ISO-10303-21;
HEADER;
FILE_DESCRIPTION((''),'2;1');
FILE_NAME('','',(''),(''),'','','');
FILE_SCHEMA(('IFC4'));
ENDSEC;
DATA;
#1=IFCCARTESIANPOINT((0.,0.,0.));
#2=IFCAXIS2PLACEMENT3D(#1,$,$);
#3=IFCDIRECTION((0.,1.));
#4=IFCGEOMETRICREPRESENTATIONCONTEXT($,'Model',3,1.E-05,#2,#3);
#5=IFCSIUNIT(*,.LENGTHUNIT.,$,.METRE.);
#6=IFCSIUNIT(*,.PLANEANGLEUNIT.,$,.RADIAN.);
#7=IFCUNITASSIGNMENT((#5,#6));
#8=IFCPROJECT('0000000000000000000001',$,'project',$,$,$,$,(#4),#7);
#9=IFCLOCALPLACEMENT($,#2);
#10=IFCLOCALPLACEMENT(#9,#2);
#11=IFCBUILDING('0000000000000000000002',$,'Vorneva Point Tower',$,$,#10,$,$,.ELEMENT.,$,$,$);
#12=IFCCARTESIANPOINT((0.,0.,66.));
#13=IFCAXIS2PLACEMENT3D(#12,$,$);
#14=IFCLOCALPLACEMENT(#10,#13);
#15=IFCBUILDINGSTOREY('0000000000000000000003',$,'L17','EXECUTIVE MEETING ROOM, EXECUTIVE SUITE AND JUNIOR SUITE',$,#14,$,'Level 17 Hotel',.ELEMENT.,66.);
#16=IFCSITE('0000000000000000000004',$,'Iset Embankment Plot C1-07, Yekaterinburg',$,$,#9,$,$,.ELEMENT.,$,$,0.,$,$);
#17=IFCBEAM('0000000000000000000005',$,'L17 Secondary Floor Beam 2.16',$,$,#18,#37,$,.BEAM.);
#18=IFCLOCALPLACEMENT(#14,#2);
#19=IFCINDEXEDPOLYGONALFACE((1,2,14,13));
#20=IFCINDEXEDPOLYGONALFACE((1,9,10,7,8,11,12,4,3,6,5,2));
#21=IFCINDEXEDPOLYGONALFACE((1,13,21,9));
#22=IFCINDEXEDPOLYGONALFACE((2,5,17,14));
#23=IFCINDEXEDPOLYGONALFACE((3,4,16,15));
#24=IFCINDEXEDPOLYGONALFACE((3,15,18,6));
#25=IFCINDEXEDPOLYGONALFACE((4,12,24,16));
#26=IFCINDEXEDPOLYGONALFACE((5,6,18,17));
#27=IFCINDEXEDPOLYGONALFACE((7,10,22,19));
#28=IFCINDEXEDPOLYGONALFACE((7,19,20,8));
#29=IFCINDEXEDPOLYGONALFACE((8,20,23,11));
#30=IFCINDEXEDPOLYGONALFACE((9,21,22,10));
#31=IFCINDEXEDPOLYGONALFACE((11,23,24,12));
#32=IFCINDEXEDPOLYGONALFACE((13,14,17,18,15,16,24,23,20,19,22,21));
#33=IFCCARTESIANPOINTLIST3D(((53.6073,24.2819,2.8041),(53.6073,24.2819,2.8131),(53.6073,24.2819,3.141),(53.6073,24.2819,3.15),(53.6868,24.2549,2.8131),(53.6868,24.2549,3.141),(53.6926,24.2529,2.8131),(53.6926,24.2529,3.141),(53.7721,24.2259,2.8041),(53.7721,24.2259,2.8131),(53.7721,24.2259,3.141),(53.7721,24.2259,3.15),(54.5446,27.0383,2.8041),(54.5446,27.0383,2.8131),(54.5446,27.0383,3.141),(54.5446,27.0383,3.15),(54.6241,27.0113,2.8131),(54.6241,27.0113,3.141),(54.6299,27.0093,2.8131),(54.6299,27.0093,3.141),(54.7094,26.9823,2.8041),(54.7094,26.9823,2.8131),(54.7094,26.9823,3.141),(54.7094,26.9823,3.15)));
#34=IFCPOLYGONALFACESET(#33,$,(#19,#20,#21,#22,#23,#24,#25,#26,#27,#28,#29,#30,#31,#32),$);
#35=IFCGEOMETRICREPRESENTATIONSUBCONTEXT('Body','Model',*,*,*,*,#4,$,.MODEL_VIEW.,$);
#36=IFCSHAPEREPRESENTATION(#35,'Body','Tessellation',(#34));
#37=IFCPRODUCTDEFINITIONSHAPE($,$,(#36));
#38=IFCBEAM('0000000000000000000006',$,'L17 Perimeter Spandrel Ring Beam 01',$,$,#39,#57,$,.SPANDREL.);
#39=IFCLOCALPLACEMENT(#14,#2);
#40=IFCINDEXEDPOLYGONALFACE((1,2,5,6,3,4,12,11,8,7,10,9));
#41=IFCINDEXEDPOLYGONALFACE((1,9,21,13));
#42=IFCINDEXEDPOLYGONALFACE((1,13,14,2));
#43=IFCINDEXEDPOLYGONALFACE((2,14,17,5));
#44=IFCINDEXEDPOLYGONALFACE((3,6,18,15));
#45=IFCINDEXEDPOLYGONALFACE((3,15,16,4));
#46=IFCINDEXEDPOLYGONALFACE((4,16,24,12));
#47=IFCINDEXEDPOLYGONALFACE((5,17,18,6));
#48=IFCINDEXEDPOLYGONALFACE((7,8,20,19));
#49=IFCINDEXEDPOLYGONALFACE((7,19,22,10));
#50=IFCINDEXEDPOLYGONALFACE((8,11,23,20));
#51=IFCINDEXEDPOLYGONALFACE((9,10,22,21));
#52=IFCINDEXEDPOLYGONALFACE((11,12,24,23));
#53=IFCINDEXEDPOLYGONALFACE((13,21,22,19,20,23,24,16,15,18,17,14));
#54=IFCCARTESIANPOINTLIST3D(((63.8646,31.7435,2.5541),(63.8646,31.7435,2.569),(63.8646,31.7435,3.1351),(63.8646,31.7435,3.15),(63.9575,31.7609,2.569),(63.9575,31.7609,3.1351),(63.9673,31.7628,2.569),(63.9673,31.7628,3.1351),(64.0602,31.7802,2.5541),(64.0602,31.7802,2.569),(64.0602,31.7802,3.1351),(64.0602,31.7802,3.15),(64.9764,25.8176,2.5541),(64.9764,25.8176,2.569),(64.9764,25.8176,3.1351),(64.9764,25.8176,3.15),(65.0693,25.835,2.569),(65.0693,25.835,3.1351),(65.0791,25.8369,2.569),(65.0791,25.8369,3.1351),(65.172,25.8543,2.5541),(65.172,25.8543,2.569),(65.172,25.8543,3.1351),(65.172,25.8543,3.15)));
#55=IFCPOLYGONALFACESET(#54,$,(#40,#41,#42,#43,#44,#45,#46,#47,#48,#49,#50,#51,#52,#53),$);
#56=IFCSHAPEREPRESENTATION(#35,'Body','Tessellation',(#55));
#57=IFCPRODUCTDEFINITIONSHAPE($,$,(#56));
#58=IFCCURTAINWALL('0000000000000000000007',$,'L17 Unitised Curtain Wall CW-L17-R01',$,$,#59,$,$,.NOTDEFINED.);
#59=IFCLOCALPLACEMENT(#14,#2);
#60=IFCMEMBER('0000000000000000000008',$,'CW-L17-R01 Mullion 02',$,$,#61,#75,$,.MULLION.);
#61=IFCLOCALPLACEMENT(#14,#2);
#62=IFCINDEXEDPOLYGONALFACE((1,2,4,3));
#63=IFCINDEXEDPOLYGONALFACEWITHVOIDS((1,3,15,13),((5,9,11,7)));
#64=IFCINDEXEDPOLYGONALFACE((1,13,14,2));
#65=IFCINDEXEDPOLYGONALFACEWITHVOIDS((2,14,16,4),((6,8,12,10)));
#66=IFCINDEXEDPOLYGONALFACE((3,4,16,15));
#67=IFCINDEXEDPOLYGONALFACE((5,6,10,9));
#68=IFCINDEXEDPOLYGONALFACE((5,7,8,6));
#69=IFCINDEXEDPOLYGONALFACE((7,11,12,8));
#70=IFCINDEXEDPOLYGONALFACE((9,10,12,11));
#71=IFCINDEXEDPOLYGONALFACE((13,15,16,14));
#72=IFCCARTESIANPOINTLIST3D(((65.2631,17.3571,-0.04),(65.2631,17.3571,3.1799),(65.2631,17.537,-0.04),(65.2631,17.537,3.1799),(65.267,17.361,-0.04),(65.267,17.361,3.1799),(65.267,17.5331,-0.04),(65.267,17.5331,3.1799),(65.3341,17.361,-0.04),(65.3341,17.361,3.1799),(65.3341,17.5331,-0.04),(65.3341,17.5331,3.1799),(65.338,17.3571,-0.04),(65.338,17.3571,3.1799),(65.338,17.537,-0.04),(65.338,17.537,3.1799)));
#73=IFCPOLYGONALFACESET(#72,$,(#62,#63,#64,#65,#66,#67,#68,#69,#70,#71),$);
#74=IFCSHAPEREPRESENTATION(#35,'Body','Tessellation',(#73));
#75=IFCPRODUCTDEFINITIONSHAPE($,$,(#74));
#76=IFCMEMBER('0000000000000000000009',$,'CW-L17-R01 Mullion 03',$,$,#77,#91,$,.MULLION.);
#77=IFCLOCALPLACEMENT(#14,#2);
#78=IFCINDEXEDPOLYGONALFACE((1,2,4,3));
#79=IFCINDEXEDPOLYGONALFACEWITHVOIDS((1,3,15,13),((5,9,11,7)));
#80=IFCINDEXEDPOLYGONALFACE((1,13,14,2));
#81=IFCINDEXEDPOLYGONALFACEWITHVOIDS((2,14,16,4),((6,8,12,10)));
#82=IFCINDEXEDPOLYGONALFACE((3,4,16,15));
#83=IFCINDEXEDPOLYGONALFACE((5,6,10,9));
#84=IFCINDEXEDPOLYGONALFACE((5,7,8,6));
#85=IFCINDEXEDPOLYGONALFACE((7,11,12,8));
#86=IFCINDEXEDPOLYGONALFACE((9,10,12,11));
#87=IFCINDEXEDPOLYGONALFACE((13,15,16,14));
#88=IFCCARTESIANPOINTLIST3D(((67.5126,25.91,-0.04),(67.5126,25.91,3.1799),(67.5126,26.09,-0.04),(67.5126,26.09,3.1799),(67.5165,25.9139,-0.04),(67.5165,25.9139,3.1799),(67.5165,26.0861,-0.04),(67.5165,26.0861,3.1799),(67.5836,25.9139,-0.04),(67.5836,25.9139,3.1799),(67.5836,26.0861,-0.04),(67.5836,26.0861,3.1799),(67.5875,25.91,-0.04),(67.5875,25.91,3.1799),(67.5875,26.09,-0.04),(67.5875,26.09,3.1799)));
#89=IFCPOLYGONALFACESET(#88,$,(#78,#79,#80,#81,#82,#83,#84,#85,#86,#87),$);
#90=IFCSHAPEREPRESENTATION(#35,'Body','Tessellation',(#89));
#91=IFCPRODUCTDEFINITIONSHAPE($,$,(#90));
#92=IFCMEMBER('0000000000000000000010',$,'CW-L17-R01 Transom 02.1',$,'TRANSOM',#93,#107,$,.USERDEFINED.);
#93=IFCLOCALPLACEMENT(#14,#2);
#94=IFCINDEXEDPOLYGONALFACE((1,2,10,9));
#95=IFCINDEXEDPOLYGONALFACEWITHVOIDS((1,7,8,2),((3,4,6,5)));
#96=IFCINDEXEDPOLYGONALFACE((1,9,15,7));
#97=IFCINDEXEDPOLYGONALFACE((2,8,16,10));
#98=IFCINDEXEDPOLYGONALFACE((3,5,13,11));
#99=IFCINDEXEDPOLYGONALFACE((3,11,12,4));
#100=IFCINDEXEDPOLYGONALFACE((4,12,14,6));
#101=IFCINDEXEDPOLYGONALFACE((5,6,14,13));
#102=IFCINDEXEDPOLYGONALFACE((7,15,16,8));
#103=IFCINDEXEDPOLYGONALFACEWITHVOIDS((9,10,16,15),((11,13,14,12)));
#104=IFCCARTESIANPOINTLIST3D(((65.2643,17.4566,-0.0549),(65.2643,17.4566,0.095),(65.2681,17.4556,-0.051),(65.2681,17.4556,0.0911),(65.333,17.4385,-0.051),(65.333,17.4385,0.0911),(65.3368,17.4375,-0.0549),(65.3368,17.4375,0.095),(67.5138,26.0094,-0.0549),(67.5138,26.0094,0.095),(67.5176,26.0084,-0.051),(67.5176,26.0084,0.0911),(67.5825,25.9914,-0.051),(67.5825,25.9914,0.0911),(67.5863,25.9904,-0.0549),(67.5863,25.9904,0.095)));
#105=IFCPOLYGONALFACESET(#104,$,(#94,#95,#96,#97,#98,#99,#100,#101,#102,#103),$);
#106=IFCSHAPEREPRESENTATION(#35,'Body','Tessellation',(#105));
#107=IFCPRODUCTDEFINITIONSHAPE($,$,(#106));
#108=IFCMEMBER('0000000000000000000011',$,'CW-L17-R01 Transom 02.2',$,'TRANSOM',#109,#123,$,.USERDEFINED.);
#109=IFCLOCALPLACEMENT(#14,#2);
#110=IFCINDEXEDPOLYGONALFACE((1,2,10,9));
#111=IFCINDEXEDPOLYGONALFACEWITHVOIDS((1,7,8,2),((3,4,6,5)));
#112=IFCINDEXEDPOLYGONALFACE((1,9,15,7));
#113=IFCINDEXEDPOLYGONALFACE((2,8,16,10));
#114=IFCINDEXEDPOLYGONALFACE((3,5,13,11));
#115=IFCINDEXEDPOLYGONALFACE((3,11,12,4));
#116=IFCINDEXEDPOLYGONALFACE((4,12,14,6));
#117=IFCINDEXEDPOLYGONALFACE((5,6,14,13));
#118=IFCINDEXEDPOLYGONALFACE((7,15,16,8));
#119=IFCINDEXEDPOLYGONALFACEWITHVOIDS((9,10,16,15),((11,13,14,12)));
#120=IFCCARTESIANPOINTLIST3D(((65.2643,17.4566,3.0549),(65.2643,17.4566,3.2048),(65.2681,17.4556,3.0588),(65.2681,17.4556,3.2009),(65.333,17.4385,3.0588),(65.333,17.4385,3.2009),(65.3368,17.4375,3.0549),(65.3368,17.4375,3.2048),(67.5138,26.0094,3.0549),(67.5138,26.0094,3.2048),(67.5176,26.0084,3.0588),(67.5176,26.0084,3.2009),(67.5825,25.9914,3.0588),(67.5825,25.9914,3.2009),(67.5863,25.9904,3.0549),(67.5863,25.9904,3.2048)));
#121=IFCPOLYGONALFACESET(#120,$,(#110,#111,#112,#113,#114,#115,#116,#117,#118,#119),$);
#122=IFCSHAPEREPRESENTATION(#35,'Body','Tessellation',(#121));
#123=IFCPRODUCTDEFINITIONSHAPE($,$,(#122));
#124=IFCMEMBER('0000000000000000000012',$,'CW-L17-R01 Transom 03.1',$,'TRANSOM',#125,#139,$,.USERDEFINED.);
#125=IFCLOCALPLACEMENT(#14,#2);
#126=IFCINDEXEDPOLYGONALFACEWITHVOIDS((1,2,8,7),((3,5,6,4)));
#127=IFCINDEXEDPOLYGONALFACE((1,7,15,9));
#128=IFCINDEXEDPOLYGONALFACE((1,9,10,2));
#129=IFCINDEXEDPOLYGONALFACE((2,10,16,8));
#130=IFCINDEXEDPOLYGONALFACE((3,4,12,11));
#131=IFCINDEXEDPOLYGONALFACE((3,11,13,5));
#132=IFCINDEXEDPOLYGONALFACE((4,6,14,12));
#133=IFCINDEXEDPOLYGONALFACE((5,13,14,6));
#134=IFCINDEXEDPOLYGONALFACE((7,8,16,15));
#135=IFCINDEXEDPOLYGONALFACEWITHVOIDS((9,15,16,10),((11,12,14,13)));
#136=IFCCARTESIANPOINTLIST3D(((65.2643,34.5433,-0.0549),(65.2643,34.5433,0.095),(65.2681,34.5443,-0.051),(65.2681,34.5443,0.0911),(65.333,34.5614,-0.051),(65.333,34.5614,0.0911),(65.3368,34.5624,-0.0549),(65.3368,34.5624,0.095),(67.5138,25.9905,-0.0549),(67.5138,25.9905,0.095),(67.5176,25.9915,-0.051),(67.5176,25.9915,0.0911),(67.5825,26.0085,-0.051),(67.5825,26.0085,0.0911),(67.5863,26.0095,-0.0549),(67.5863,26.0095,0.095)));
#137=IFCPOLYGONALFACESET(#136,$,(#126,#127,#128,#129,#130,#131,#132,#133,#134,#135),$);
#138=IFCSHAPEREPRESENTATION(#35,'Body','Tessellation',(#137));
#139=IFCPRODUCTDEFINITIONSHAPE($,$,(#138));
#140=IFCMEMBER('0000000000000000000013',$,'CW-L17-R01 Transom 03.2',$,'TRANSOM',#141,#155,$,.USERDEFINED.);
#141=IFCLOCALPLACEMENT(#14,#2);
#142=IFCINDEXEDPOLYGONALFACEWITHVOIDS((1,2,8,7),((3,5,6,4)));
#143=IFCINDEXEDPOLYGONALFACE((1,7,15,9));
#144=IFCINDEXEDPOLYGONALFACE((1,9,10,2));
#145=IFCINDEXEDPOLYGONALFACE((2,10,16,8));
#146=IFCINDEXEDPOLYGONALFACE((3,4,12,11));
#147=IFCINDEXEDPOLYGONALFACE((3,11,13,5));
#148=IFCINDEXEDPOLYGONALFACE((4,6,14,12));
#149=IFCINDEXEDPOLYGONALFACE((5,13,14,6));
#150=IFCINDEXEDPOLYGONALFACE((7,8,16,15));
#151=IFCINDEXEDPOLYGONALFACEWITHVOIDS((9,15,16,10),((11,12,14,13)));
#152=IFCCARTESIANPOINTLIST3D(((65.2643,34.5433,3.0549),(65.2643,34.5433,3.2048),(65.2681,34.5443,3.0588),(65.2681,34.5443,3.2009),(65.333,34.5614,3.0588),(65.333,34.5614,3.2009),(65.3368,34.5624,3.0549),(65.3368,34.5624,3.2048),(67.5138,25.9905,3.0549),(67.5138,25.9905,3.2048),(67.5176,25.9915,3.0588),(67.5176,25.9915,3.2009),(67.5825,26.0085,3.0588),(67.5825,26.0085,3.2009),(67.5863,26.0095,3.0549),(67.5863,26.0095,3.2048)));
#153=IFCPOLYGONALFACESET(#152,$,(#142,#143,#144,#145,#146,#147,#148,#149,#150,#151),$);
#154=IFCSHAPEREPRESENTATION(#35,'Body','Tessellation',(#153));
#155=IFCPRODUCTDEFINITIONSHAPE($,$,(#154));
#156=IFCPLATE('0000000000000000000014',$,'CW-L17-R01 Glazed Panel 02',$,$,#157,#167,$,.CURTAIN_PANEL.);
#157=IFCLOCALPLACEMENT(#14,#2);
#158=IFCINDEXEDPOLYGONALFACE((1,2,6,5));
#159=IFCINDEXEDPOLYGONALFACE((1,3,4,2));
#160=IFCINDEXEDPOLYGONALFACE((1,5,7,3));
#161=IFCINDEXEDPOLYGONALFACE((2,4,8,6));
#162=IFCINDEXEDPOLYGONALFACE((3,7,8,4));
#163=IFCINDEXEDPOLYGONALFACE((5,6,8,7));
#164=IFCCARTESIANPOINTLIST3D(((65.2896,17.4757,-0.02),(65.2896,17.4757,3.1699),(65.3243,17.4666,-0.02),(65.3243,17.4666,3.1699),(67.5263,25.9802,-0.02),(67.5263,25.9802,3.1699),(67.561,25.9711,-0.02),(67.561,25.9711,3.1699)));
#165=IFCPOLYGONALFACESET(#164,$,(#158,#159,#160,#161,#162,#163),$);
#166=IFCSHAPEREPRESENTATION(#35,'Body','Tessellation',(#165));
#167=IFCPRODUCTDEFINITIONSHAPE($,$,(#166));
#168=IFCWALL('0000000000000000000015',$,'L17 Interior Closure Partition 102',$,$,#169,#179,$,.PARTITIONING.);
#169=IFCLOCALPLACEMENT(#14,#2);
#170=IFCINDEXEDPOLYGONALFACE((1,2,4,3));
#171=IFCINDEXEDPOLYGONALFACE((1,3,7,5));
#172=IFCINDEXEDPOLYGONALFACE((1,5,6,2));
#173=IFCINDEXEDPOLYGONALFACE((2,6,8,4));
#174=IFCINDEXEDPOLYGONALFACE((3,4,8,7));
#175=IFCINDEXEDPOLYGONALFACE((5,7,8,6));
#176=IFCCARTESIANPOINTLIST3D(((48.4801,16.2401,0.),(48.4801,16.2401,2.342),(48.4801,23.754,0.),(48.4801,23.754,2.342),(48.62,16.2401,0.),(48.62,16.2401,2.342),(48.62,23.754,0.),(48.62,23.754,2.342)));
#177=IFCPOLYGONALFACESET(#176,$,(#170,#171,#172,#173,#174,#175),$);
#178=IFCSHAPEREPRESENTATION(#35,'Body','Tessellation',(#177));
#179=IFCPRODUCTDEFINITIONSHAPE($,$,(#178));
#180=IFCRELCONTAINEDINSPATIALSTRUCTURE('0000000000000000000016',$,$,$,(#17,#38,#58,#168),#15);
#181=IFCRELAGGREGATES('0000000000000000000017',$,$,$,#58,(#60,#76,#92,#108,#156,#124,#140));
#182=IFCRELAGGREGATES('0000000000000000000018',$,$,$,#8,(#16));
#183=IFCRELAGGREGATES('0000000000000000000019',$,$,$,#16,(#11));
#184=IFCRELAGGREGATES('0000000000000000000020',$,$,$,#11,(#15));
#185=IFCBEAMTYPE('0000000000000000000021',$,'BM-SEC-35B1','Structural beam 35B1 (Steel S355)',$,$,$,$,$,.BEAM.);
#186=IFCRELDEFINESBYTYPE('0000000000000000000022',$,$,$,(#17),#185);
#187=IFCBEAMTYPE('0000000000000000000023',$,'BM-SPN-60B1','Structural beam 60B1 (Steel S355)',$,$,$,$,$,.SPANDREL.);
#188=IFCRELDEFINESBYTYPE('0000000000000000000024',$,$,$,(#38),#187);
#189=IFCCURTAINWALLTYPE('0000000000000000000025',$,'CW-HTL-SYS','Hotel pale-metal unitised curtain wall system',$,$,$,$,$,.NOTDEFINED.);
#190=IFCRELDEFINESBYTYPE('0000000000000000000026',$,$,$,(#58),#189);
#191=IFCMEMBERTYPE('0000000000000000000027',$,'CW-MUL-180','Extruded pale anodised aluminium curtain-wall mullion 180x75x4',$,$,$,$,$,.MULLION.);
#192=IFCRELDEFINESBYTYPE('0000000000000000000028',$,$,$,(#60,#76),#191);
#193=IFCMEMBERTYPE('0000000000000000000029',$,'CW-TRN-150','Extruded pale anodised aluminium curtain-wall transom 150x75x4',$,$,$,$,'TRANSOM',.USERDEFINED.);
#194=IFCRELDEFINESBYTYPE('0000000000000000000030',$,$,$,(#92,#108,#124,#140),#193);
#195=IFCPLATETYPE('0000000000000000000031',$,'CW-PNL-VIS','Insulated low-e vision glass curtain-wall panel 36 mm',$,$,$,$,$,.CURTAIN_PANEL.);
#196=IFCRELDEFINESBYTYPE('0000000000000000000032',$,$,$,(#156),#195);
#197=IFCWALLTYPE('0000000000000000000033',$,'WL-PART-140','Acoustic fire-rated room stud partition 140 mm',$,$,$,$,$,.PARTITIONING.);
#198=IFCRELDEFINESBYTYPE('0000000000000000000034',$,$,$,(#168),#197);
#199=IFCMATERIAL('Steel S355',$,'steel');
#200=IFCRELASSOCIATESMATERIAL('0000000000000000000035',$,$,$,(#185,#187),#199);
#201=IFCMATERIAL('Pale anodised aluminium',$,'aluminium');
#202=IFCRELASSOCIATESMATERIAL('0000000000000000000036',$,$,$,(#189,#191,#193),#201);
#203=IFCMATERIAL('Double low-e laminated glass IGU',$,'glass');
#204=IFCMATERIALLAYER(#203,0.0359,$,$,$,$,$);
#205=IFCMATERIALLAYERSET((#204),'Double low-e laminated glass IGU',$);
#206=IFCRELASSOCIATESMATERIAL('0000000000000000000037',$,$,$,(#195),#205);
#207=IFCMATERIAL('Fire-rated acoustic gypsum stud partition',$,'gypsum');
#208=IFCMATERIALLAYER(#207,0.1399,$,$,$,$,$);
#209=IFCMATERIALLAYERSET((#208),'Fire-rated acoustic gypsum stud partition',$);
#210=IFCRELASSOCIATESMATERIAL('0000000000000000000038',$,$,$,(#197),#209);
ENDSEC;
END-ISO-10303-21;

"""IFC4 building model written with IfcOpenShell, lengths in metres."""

from ifc_helpers import new_model, si_unit, direction, frame, frame_2d, origin, origin_2d, place, context, subcontext, project, spatial, rectangle, hollow_rectangle, i_section, extrude, material, layer, layer_set, material_profile, profile_set, type_object, element, aggregate, save


model = new_model("IFC4")

# Units and contexts
model_context = context("Model", 3, precision=1e-05, world=origin(), true_north=direction((0.0, 1.0)))
body_context = subcontext(model_context, "Body", "Model", "MODEL_VIEW")
ifc_project = project(units=[si_unit("LENGTHUNIT", "METRE"), si_unit("PLANEANGLEUNIT", "RADIAN")], contexts=[model_context])

# Site, building, storey
site_placement = place(None, origin())
site = spatial("IfcSite", under=ifc_project, at=site_placement, Name="Iset Embankment Plot C1-07, Yekaterinburg", CompositionType="ELEMENT", RefElevation=0.0)
building_placement = place(site_placement, origin())
building = spatial("IfcBuilding", under=site, at=building_placement, Name="Vorneva Point Tower", CompositionType="ELEMENT")
storey_placement = place(building_placement, frame((0.0, 0.0, 66.0)))
storey = spatial("IfcBuildingStorey", under=building, at=storey_placement, Name="L17", Description="EXECUTIVE MEETING ROOM, EXECUTIVE SUITE AND JUNIOR SUITE", LongName="Level 17 Hotel", CompositionType="ELEMENT", Elevation=66.0)

# Beams
ifc_material_1 = material(Name="Steel S355", Category="steel")
ifc_material_profile_1 = material_profile(ifc_material_1, i_section(OverallWidth=0.1741, OverallDepth=0.3459, WebThickness=0.0061, FlangeThickness=0.009, at=origin_2d()), Name="35B1")
ifc_profile_set_1 = profile_set([ifc_material_profile_1], Name="Steel S355")
beam_type_1 = type_object("IfcBeamType", Name="BM-SEC-35B1", Description="Structural beam 35B1 (Steel S355)", PredefinedType="BEAM", material=ifc_profile_set_1)
beam_1_placement = place(storey_placement, frame((53.6897, 24.2539, 2.9771), z_axis=(0.321933, 0.946763, 0.0), x_axis=(-0.946763, 0.321933, 0.0)))
element("IfcBeam", 1, at=beam_1_placement, inside=storey, type_object=beam_type_1, Name="L17 Secondary Floor Beam 2.16", PredefinedType="BEAM", context=body_context, shape_type="SweptSolid", body=[
    extrude(i_section(OverallWidth=0.1741, OverallDepth=0.3459, WebThickness=0.0061, FlangeThickness=0.009, at=origin_2d()), origin(), (0.0, 0.0, 1.0), 2.9114),
])
ifc_material_profile_2 = material_profile(ifc_material_1, i_section(OverallWidth=0.199, OverallDepth=0.5959, WebThickness=0.01, FlangeThickness=0.0149, at=origin_2d()), Name="60B1")
ifc_profile_set_2 = profile_set([ifc_material_profile_2], Name="Steel S355")
beam_type_2 = type_object("IfcBeamType", Name="BM-SPN-60B1", Description="Structural beam 60B1 (Steel S355)", PredefinedType="SPANDREL", material=ifc_profile_set_2)
beam_2_placement = place(storey_placement, frame((65.0742, 25.8359, 2.8521), z_axis=(-0.184406, 0.98285, 0.0), x_axis=(-0.98285, -0.184406, 0.0)))
element("IfcBeam", 2, at=beam_2_placement, inside=storey, type_object=beam_type_2, Name="L17 Perimeter Spandrel Ring Beam 01", PredefinedType="SPANDREL", context=body_context, shape_type="SweptSolid", body=[
    extrude(i_section(OverallWidth=0.199, OverallDepth=0.5959, WebThickness=0.01, FlangeThickness=0.0149, at=origin_2d()), origin(), (0.0, 0.0, 1.0), 6.0293),
])

# Curtain wall, members, plate
ifc_material_2 = material(Name="Pale anodised aluminium", Category="aluminium")
curtain_wall_type = type_object("IfcCurtainWallType", Name="CW-HTL-SYS", Description="Hotel pale-metal unitised curtain wall system", PredefinedType="NOTDEFINED", material=ifc_material_2)
curtain_wall_placement = place(storey_placement, origin())
curtain_wall = element("IfcCurtainWall", 3, at=curtain_wall_placement, inside=storey, type_object=curtain_wall_type, Name="L17 Unitised Curtain Wall CW-L17-R01", PredefinedType="NOTDEFINED")
ifc_material_profile_3 = material_profile(ifc_material_2, hollow_rectangle(XDim=0.075, YDim=0.1799, WallThickness=0.0039, at=origin_2d()), Name="AL-MUL 180x75x4")
ifc_profile_set_3 = profile_set([ifc_material_profile_3], Name="Pale anodised aluminium")
member_type_1 = type_object("IfcMemberType", Name="CW-MUL-180", Description="Extruded pale anodised aluminium curtain-wall mullion 180x75x4", PredefinedType="MULLION", material=ifc_profile_set_3)
member_1_placement = place(storey_placement, frame((65.3005, 17.447, -0.04), z_axis=(0.0, 0.0, 1.0), x_axis=(1.0, 0.0, 0.0)))
member_1 = element("IfcMember", 4, at=member_1_placement, type_object=member_type_1, Name="CW-L17-R01 Mullion 02", PredefinedType="MULLION", context=body_context, shape_type="SweptSolid", body=[
    extrude(hollow_rectangle(XDim=0.075, YDim=0.1799, WallThickness=0.0039, at=origin_2d()), origin(), (0.0, 0.0, 1.0), 3.22),
])
member_2_placement = place(storey_placement, frame((67.55, 26.0, -0.04), z_axis=(0.0, 0.0, 1.0), x_axis=(1.0, 0.0, 0.0)))
member_2 = element("IfcMember", 5, at=member_2_placement, type_object=member_type_1, Name="CW-L17-R01 Mullion 03", PredefinedType="MULLION", context=body_context, shape_type="SweptSolid", body=[
    extrude(hollow_rectangle(XDim=0.075, YDim=0.1799, WallThickness=0.0039, at=origin_2d()), origin(), (0.0, 0.0, 1.0), 3.22),
])
ifc_material_profile_4 = material_profile(ifc_material_2, hollow_rectangle(XDim=0.075, YDim=0.1499, WallThickness=0.0039, at=origin_2d()), Name="AL-TRN 150x75x4")
ifc_profile_set_4 = profile_set([ifc_material_profile_4], Name="Pale anodised aluminium")
member_type_2 = type_object("IfcMemberType", Name="CW-TRN-150", Description="Extruded pale anodised aluminium curtain-wall transom 150x75x4", ElementType="TRANSOM", PredefinedType="USERDEFINED", material=ifc_profile_set_4)
member_3_placement = place(storey_placement, frame((65.3005, 17.447, 0.02), z_axis=(0.254359, 0.96711, 0.0), x_axis=(-0.96711, 0.254359, 0.0)))
member_3 = element("IfcMember", 6, at=member_3_placement, type_object=member_type_2, Name="CW-L17-R01 Transom 02.1", ObjectType="TRANSOM", PredefinedType="USERDEFINED", context=body_context, shape_type="SweptSolid", body=[
    extrude(hollow_rectangle(XDim=0.075, YDim=0.1499, WallThickness=0.0039, at=origin_2d()), origin(), (0.0, 0.0, 1.0), 8.8438),
])
member_4_placement = place(storey_placement, frame((65.3005, 17.447, 3.1299), z_axis=(0.254359, 0.96711, 0.0), x_axis=(-0.96711, 0.254359, 0.0)))
member_4 = element("IfcMember", 7, at=member_4_placement, type_object=member_type_2, Name="CW-L17-R01 Transom 02.2", ObjectType="TRANSOM", PredefinedType="USERDEFINED", context=body_context, shape_type="SweptSolid", body=[
    extrude(hollow_rectangle(XDim=0.075, YDim=0.1499, WallThickness=0.0039, at=origin_2d()), origin(), (0.0, 0.0, 1.0), 8.8438),
])
member_5_placement = place(storey_placement, frame((67.55, 26.0, 0.02), z_axis=(-0.254359, 0.96711, 0.0), x_axis=(-0.96711, -0.254359, 0.0)))
member_5 = element("IfcMember", 8, at=member_5_placement, type_object=member_type_2, Name="CW-L17-R01 Transom 03.1", ObjectType="TRANSOM", PredefinedType="USERDEFINED", context=body_context, shape_type="SweptSolid", body=[
    extrude(hollow_rectangle(XDim=0.075, YDim=0.1499, WallThickness=0.0039, at=origin_2d()), origin(), (0.0, 0.0, 1.0), 8.8438),
])
member_6_placement = place(storey_placement, frame((67.55, 26.0, 3.1299), z_axis=(-0.254359, 0.96711, 0.0), x_axis=(-0.96711, -0.254359, 0.0)))
member_6 = element("IfcMember", 9, at=member_6_placement, type_object=member_type_2, Name="CW-L17-R01 Transom 03.2", ObjectType="TRANSOM", PredefinedType="USERDEFINED", context=body_context, shape_type="SweptSolid", body=[
    extrude(hollow_rectangle(XDim=0.075, YDim=0.1499, WallThickness=0.0039, at=origin_2d()), origin(), (0.0, 0.0, 1.0), 8.8438),
])
ifc_material_3 = material(Name="Double low-e laminated glass IGU", Category="glass")
ifc_layer_1 = layer(ifc_material_3, 0.0359)
ifc_layer_set_1 = layer_set([ifc_layer_1], Name="Double low-e laminated glass IGU")
plate_type = type_object("IfcPlateType", Name="CW-PNL-VIS", Description="Insulated low-e vision glass curtain-wall panel 36 mm", PredefinedType="CURTAIN_PANEL", material=ifc_layer_set_1)
plate_placement = place(storey_placement, frame((66.4253, 21.7234, -0.02), z_axis=(0.0, 0.0, 1.0), x_axis=(0.254349, 0.967113, 0.0)))
plate = element("IfcPlate", 10, at=plate_placement, type_object=plate_type, Name="CW-L17-R01 Glazed Panel 02", PredefinedType="CURTAIN_PANEL", context=body_context, shape_type="SweptSolid", body=[
    extrude(rectangle(XDim=8.7937, YDim=0.0359, at=origin_2d()), origin(), (0.0, 0.0, 1.0), 3.1899),
])
aggregate(curtain_wall, [member_1, member_2, member_3, member_4, plate, member_5, member_6])

# Wall
ifc_material_4 = material(Name="Fire-rated acoustic gypsum stud partition", Category="gypsum")
ifc_layer_2 = layer(ifc_material_4, 0.1399)
ifc_layer_set_2 = layer_set([ifc_layer_2], Name="Fire-rated acoustic gypsum stud partition")
wall_type_1 = type_object("IfcWallType", Name="WL-PART-140", Description="Acoustic fire-rated room stud partition 140 mm", PredefinedType="PARTITIONING", material=ifc_layer_set_2)
wall_1_placement = place(storey_placement, frame((48.55, 23.7539, 0.0), z_axis=(0.0, 0.0, 1.0), x_axis=(0.0, -1.0, 0.0)))
element("IfcWall", 11, at=wall_1_placement, inside=storey, type_object=wall_type_1, Name="L17 Interior Closure Partition 102", PredefinedType="PARTITIONING", context=body_context, shape_type="SweptSolid", body=[
    extrude(rectangle(XDim=7.5139, YDim=0.1399, at=frame_2d((3.7568, 0.0))), origin(), (0.0, 0.0, 1.0), 2.342),
])

save(model, "model.ifc")
